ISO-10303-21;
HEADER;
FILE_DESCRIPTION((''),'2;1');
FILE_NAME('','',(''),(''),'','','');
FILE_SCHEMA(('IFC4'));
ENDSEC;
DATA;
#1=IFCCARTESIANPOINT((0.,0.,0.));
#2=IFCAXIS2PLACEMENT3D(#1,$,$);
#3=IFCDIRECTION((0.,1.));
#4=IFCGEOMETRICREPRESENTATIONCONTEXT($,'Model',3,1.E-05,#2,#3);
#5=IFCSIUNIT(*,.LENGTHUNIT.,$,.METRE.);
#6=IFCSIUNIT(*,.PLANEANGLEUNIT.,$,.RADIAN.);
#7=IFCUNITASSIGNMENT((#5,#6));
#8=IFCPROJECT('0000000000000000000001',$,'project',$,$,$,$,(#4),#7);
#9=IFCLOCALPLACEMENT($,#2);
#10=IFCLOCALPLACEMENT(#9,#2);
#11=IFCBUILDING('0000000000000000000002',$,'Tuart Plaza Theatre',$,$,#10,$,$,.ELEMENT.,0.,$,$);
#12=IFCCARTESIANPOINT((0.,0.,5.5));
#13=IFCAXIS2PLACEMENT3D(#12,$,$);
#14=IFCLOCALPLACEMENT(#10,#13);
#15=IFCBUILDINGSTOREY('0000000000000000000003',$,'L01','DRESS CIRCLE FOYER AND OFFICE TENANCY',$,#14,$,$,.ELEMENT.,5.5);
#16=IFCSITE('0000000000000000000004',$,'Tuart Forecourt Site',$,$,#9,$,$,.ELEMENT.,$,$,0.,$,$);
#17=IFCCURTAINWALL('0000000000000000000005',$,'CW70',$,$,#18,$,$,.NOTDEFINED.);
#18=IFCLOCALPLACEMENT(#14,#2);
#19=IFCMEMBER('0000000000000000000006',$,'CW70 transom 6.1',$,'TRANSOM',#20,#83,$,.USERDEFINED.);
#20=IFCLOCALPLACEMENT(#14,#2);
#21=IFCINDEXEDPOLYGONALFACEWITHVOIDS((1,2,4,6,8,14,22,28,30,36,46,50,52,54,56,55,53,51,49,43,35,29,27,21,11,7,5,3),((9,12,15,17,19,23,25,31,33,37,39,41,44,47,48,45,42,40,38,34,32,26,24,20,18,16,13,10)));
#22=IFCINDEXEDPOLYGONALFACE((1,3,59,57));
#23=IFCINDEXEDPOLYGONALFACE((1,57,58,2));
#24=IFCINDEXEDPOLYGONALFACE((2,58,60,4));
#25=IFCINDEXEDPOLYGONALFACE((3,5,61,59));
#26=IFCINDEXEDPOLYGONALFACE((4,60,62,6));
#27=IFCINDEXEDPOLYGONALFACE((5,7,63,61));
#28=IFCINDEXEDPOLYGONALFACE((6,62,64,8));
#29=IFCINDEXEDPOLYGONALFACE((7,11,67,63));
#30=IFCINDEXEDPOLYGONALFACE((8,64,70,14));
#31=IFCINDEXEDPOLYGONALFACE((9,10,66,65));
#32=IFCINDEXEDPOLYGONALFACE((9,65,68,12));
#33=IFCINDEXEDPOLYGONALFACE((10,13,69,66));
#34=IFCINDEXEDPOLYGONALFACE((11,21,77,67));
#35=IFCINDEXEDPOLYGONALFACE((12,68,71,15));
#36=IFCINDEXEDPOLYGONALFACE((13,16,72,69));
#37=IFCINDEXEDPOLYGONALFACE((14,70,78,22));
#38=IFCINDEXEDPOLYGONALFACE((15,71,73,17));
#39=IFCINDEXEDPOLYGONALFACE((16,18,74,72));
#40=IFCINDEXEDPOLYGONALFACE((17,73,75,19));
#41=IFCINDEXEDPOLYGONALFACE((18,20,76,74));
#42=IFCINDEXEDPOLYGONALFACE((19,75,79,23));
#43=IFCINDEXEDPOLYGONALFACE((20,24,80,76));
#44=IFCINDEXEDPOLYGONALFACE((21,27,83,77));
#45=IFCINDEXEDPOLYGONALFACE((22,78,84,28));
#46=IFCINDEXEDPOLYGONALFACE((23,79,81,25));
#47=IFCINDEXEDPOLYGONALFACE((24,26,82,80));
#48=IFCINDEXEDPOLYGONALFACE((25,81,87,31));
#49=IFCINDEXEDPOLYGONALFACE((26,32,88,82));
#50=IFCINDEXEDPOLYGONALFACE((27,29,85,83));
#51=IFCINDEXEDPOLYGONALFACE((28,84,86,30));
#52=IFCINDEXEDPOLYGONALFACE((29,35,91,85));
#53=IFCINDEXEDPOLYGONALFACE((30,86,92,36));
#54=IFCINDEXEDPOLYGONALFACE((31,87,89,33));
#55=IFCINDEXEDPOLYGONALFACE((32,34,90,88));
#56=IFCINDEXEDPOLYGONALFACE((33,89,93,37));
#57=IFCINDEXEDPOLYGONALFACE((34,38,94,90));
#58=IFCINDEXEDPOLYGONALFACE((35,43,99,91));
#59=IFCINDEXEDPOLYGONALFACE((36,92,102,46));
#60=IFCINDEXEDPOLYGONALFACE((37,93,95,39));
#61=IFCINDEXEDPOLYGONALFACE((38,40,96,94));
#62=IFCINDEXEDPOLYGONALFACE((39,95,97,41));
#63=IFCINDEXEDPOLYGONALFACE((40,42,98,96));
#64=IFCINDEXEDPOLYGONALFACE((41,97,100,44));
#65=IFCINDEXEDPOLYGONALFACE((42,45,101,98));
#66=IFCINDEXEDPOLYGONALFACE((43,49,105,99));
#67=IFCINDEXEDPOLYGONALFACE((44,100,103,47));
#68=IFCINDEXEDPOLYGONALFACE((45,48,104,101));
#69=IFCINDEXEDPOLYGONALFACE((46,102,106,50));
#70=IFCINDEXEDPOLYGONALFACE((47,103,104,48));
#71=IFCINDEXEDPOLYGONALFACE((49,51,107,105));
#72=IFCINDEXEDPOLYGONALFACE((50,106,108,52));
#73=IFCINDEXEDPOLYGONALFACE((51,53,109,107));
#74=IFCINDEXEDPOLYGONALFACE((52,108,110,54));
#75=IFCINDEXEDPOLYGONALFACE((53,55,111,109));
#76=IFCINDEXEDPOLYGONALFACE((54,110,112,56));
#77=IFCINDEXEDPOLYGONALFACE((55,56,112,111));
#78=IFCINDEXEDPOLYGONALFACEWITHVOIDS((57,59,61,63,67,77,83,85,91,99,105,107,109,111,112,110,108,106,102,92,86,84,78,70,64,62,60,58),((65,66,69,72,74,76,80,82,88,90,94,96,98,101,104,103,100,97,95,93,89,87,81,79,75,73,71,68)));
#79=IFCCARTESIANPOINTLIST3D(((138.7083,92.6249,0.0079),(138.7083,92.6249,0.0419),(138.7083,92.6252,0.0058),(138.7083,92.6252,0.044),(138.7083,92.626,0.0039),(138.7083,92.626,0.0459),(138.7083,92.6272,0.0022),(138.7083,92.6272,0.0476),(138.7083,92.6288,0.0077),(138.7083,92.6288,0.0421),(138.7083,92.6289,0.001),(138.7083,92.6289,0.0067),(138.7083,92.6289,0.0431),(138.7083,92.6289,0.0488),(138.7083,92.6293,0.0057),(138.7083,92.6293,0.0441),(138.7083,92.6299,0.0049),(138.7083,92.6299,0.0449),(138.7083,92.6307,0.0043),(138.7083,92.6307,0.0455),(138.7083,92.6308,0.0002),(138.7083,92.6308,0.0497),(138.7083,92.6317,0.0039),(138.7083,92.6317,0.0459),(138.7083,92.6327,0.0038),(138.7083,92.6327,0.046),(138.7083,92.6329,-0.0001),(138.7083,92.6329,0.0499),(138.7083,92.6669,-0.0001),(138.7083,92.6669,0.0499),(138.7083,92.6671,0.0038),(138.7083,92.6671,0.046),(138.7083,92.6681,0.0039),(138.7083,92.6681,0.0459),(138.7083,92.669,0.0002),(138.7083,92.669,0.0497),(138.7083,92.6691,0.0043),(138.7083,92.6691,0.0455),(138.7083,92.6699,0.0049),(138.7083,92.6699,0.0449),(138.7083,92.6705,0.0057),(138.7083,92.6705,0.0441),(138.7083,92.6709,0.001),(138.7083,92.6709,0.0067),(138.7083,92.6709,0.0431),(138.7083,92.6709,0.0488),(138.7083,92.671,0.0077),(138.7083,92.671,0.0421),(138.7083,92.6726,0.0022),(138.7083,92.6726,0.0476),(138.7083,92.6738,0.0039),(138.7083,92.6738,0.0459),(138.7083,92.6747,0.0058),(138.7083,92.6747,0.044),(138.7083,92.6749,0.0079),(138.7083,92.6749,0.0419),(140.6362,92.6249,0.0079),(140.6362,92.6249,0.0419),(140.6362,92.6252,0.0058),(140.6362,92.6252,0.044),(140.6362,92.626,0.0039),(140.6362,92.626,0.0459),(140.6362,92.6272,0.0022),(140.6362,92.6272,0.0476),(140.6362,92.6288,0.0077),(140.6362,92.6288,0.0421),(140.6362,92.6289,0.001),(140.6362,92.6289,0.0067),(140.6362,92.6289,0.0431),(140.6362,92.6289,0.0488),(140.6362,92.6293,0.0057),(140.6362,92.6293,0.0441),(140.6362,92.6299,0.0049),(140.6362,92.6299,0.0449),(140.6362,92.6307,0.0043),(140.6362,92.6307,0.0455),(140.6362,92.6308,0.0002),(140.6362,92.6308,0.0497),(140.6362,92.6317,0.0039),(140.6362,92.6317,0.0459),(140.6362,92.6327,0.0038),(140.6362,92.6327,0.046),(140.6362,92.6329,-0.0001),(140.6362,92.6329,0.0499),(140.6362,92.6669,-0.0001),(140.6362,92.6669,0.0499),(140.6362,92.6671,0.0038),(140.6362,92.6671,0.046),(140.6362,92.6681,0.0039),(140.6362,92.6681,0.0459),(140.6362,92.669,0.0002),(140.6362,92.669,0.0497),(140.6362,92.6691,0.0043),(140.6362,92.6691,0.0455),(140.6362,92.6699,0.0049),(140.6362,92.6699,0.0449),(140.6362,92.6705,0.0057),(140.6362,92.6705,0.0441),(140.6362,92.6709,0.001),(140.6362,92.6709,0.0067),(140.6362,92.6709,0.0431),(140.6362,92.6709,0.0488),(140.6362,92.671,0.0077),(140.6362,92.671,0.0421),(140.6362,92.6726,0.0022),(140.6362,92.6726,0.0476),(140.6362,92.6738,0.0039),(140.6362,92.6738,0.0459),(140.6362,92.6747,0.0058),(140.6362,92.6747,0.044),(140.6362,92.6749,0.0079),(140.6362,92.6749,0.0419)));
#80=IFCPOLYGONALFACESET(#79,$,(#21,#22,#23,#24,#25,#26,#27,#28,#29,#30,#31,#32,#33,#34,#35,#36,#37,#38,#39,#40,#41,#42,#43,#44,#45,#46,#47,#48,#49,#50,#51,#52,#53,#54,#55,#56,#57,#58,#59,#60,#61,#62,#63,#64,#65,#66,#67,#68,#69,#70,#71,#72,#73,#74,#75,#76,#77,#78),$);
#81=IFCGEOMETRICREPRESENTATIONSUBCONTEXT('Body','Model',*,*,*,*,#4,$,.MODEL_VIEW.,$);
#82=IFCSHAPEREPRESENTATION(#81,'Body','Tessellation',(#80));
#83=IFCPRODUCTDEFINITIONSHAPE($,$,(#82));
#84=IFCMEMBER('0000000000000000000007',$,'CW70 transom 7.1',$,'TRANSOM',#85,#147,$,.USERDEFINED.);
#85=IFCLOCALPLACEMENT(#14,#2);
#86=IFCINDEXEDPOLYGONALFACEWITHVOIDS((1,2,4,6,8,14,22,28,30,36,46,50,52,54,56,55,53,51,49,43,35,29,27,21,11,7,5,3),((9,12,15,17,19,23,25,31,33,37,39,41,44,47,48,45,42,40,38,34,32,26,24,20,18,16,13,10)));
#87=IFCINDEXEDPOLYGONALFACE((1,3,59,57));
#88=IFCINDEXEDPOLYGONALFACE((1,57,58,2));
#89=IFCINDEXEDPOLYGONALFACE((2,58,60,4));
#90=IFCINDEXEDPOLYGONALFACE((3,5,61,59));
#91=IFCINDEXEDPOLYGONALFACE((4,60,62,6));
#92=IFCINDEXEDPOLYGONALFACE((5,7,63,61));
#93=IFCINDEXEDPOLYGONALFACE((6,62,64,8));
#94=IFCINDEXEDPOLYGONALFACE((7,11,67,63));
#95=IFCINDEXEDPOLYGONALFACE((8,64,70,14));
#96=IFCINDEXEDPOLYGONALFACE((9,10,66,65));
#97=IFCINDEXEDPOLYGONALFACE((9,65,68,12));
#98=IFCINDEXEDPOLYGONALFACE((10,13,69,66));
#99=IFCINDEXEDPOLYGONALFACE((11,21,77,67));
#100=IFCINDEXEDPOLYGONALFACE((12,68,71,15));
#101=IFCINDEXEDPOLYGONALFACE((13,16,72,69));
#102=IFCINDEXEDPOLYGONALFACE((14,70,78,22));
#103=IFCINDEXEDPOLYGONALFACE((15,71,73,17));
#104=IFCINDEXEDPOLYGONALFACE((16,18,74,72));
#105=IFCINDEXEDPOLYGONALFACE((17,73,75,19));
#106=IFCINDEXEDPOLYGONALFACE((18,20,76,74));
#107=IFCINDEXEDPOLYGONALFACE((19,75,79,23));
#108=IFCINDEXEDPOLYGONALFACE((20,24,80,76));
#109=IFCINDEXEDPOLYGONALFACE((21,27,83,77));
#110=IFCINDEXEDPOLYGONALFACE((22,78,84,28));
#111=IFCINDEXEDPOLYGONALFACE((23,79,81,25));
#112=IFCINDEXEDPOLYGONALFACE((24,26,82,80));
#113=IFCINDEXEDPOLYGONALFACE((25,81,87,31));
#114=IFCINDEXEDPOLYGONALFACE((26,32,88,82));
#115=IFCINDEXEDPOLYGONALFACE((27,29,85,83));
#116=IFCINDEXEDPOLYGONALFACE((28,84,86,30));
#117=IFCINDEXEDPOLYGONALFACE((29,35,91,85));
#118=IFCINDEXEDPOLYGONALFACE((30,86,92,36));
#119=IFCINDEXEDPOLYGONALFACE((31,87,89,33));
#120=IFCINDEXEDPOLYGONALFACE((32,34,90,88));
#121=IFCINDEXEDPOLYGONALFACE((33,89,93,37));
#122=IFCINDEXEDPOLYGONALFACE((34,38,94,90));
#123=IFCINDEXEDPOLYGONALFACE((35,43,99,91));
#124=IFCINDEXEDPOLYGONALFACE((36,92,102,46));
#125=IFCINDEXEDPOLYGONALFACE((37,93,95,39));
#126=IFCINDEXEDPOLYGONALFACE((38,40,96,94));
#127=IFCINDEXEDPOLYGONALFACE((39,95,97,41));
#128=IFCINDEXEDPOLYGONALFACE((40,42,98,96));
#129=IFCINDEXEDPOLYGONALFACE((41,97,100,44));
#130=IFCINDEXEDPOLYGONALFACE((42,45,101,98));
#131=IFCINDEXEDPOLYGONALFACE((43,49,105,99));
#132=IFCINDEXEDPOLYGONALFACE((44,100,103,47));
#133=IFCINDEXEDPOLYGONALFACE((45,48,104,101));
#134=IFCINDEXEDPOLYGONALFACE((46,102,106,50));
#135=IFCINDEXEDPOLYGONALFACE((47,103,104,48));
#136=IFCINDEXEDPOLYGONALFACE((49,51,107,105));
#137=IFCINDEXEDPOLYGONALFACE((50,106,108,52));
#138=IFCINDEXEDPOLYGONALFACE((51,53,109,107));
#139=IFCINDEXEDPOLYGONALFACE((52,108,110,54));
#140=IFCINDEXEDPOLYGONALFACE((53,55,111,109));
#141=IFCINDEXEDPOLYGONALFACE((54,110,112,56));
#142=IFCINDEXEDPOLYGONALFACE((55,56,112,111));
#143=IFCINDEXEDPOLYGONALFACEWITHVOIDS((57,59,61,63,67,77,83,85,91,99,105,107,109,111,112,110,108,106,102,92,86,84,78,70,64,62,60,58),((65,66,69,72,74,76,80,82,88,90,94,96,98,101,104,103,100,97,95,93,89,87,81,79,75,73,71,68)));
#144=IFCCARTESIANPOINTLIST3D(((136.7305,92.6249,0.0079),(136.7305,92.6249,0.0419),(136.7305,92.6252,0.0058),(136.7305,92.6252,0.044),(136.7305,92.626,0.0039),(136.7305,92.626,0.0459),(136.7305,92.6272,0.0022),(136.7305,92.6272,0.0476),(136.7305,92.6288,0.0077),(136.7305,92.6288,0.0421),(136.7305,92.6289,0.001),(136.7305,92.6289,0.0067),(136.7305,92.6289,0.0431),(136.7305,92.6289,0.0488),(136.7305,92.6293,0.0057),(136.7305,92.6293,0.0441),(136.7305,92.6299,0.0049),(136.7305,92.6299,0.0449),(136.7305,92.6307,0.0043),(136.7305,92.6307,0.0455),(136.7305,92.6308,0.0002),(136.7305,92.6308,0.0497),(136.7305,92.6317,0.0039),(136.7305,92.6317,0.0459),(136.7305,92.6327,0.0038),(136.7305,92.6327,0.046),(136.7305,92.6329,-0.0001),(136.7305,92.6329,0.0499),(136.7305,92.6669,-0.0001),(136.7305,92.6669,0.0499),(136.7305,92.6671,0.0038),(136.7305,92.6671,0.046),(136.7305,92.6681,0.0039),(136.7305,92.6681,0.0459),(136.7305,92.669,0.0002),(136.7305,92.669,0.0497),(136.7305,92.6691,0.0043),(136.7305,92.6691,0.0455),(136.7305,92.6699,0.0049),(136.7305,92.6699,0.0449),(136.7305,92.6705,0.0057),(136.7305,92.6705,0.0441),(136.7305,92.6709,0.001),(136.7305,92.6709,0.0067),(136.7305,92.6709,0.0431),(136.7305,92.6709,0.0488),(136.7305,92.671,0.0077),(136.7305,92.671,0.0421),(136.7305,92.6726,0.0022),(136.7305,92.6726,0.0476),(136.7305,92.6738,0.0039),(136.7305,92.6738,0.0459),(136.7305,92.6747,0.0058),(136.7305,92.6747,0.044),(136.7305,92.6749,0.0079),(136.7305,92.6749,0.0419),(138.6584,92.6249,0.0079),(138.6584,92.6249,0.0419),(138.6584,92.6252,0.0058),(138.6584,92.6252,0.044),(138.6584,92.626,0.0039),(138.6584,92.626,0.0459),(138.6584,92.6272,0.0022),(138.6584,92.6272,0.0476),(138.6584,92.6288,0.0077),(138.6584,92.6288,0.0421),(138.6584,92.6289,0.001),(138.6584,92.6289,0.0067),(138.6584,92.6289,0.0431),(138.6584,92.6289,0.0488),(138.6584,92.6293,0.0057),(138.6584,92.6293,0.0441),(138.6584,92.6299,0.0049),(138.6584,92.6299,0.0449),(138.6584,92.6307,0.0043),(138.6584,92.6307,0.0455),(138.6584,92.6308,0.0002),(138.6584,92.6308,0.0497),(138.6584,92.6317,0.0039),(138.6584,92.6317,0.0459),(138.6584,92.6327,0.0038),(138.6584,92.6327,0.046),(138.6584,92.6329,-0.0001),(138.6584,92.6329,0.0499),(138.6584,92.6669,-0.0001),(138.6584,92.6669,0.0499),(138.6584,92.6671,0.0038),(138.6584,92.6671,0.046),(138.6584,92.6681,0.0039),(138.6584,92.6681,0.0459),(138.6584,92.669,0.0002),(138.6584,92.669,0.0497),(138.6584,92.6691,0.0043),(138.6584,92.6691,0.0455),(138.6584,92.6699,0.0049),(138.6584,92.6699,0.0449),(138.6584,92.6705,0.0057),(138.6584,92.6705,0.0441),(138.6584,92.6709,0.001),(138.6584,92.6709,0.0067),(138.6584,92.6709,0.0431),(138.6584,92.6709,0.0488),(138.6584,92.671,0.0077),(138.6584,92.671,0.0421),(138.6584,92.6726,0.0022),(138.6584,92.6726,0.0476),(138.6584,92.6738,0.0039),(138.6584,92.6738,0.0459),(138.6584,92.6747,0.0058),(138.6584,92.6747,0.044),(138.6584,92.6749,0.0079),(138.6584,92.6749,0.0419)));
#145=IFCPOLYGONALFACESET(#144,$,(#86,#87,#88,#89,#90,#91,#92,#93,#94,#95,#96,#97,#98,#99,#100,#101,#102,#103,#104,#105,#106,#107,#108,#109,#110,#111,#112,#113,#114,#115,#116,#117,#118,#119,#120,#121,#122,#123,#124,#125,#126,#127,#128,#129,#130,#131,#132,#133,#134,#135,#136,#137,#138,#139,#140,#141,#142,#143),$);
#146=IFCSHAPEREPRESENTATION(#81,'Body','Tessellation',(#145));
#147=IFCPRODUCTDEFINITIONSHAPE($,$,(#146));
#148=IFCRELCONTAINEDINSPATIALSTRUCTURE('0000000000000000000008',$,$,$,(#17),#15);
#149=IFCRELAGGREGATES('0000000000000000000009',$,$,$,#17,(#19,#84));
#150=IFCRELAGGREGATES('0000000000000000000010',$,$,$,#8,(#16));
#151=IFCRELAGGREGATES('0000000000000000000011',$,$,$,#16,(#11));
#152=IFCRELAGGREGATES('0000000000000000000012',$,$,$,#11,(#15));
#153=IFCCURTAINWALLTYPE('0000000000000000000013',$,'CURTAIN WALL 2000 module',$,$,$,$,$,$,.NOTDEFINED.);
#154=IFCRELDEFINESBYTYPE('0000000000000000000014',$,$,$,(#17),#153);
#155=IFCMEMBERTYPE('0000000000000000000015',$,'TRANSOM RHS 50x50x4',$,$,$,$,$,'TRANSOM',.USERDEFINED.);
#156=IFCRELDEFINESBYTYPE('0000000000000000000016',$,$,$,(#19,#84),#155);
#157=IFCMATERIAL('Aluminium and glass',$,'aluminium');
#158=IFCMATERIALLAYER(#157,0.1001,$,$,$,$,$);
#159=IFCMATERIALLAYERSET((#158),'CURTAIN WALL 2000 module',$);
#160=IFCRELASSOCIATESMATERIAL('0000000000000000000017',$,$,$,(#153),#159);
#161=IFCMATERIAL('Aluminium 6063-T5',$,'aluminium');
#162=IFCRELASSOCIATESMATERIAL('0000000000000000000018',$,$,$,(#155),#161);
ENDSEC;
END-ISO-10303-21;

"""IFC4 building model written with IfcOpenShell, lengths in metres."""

from ifc_helpers import new_model, si_unit, direction, frame, origin, origin_2d, place, context, subcontext, project, spatial, hollow_rectangle, extrude, material, layer, layer_set, material_profile, profile_set, type_object, element, aggregate, save


model = new_model("IFC4")

# Units and contexts
model_context = context("Model", 3, precision=1e-05, world=origin(), true_north=direction((0.0, 1.0)))
body_context = subcontext(model_context, "Body", "Model", "MODEL_VIEW")
ifc_project = project(units=[si_unit("LENGTHUNIT", "METRE"), si_unit("PLANEANGLEUNIT", "RADIAN")], contexts=[model_context])

# Site, building, storey
site_placement = place(None, origin())
site = spatial("IfcSite", under=ifc_project, at=site_placement, Name="Tuart Forecourt Site", CompositionType="ELEMENT", RefElevation=0.0)
building_placement = place(site_placement, origin())
building = spatial("IfcBuilding", under=site, at=building_placement, Name="Tuart Plaza Theatre", CompositionType="ELEMENT", ElevationOfRefHeight=0.0)
storey_placement = place(building_placement, frame((0.0, 0.0, 5.5)))
storey = spatial("IfcBuildingStorey", under=building, at=storey_placement, Name="L01", Description="DRESS CIRCLE FOYER AND OFFICE TENANCY", CompositionType="ELEMENT", Elevation=5.5)

# Curtain wall, members
ifc_material_1 = material(Name="Aluminium and glass", Category="aluminium")
ifc_layer_1 = layer(ifc_material_1, 0.1001)
ifc_layer_set_1 = layer_set([ifc_layer_1], Name="CURTAIN WALL 2000 module")
curtain_wall_type = type_object("IfcCurtainWallType", Name="CURTAIN WALL 2000 module", PredefinedType="NOTDEFINED", material=ifc_layer_set_1)
curtain_wall_placement = place(storey_placement, origin())
curtain_wall = element("IfcCurtainWall", 1, at=curtain_wall_placement, inside=storey, type_object=curtain_wall_type, Name="CW70", PredefinedType="NOTDEFINED")
ifc_material_2 = material(Name="Aluminium 6063-T5", Category="aluminium")
ifc_material_profile_1 = material_profile(ifc_material_2, hollow_rectangle(XDim=0.05, YDim=0.05, WallThickness=0.0039, InnerFilletRadius=0.0039, OuterFilletRadius=0.0081, at=origin_2d()), Name="RHS 50x50x4")
ifc_profile_set_1 = profile_set([ifc_material_profile_1], Name="Aluminium 6063-T5")
member_type_1 = type_object("IfcMemberType", Name="TRANSOM RHS 50x50x4", ElementType="TRANSOM", PredefinedType="USERDEFINED", material=ifc_profile_set_1)
member_1_placement = place(storey_placement, frame((140.6362, 92.6499, 0.0249), z_axis=(-1.0, 0.0, 0.0), x_axis=(0.0, -1.0, 0.0)))
member_1 = element("IfcMember", 2, at=member_1_placement, type_object=member_type_1, Name="CW70 transom 6.1", ObjectType="TRANSOM", PredefinedType="USERDEFINED", context=body_context, shape_type="SweptSolid", body=[
    extrude(hollow_rectangle(XDim=0.05, YDim=0.05, WallThickness=0.0039, InnerFilletRadius=0.0039, OuterFilletRadius=0.0081, at=origin_2d()), origin(), (0.0, 0.0, 1.0), 1.928),
])
member_2_placement = place(storey_placement, frame((138.6584, 92.6499, 0.0249), z_axis=(-1.0, 0.0, 0.0), x_axis=(0.0, -1.0, 0.0)))
member_2 = element("IfcMember", 3, at=member_2_placement, type_object=member_type_1, Name="CW70 transom 7.1", ObjectType="TRANSOM", PredefinedType="USERDEFINED", context=body_context, shape_type="SweptSolid", body=[
    extrude(hollow_rectangle(XDim=0.05, YDim=0.05, WallThickness=0.0039, InnerFilletRadius=0.0039, OuterFilletRadius=0.0081, at=origin_2d()), origin(), (0.0, 0.0, 1.0), 1.928),
])
aggregate(curtain_wall, [member_1, member_2])

save(model, "model.ifc")
